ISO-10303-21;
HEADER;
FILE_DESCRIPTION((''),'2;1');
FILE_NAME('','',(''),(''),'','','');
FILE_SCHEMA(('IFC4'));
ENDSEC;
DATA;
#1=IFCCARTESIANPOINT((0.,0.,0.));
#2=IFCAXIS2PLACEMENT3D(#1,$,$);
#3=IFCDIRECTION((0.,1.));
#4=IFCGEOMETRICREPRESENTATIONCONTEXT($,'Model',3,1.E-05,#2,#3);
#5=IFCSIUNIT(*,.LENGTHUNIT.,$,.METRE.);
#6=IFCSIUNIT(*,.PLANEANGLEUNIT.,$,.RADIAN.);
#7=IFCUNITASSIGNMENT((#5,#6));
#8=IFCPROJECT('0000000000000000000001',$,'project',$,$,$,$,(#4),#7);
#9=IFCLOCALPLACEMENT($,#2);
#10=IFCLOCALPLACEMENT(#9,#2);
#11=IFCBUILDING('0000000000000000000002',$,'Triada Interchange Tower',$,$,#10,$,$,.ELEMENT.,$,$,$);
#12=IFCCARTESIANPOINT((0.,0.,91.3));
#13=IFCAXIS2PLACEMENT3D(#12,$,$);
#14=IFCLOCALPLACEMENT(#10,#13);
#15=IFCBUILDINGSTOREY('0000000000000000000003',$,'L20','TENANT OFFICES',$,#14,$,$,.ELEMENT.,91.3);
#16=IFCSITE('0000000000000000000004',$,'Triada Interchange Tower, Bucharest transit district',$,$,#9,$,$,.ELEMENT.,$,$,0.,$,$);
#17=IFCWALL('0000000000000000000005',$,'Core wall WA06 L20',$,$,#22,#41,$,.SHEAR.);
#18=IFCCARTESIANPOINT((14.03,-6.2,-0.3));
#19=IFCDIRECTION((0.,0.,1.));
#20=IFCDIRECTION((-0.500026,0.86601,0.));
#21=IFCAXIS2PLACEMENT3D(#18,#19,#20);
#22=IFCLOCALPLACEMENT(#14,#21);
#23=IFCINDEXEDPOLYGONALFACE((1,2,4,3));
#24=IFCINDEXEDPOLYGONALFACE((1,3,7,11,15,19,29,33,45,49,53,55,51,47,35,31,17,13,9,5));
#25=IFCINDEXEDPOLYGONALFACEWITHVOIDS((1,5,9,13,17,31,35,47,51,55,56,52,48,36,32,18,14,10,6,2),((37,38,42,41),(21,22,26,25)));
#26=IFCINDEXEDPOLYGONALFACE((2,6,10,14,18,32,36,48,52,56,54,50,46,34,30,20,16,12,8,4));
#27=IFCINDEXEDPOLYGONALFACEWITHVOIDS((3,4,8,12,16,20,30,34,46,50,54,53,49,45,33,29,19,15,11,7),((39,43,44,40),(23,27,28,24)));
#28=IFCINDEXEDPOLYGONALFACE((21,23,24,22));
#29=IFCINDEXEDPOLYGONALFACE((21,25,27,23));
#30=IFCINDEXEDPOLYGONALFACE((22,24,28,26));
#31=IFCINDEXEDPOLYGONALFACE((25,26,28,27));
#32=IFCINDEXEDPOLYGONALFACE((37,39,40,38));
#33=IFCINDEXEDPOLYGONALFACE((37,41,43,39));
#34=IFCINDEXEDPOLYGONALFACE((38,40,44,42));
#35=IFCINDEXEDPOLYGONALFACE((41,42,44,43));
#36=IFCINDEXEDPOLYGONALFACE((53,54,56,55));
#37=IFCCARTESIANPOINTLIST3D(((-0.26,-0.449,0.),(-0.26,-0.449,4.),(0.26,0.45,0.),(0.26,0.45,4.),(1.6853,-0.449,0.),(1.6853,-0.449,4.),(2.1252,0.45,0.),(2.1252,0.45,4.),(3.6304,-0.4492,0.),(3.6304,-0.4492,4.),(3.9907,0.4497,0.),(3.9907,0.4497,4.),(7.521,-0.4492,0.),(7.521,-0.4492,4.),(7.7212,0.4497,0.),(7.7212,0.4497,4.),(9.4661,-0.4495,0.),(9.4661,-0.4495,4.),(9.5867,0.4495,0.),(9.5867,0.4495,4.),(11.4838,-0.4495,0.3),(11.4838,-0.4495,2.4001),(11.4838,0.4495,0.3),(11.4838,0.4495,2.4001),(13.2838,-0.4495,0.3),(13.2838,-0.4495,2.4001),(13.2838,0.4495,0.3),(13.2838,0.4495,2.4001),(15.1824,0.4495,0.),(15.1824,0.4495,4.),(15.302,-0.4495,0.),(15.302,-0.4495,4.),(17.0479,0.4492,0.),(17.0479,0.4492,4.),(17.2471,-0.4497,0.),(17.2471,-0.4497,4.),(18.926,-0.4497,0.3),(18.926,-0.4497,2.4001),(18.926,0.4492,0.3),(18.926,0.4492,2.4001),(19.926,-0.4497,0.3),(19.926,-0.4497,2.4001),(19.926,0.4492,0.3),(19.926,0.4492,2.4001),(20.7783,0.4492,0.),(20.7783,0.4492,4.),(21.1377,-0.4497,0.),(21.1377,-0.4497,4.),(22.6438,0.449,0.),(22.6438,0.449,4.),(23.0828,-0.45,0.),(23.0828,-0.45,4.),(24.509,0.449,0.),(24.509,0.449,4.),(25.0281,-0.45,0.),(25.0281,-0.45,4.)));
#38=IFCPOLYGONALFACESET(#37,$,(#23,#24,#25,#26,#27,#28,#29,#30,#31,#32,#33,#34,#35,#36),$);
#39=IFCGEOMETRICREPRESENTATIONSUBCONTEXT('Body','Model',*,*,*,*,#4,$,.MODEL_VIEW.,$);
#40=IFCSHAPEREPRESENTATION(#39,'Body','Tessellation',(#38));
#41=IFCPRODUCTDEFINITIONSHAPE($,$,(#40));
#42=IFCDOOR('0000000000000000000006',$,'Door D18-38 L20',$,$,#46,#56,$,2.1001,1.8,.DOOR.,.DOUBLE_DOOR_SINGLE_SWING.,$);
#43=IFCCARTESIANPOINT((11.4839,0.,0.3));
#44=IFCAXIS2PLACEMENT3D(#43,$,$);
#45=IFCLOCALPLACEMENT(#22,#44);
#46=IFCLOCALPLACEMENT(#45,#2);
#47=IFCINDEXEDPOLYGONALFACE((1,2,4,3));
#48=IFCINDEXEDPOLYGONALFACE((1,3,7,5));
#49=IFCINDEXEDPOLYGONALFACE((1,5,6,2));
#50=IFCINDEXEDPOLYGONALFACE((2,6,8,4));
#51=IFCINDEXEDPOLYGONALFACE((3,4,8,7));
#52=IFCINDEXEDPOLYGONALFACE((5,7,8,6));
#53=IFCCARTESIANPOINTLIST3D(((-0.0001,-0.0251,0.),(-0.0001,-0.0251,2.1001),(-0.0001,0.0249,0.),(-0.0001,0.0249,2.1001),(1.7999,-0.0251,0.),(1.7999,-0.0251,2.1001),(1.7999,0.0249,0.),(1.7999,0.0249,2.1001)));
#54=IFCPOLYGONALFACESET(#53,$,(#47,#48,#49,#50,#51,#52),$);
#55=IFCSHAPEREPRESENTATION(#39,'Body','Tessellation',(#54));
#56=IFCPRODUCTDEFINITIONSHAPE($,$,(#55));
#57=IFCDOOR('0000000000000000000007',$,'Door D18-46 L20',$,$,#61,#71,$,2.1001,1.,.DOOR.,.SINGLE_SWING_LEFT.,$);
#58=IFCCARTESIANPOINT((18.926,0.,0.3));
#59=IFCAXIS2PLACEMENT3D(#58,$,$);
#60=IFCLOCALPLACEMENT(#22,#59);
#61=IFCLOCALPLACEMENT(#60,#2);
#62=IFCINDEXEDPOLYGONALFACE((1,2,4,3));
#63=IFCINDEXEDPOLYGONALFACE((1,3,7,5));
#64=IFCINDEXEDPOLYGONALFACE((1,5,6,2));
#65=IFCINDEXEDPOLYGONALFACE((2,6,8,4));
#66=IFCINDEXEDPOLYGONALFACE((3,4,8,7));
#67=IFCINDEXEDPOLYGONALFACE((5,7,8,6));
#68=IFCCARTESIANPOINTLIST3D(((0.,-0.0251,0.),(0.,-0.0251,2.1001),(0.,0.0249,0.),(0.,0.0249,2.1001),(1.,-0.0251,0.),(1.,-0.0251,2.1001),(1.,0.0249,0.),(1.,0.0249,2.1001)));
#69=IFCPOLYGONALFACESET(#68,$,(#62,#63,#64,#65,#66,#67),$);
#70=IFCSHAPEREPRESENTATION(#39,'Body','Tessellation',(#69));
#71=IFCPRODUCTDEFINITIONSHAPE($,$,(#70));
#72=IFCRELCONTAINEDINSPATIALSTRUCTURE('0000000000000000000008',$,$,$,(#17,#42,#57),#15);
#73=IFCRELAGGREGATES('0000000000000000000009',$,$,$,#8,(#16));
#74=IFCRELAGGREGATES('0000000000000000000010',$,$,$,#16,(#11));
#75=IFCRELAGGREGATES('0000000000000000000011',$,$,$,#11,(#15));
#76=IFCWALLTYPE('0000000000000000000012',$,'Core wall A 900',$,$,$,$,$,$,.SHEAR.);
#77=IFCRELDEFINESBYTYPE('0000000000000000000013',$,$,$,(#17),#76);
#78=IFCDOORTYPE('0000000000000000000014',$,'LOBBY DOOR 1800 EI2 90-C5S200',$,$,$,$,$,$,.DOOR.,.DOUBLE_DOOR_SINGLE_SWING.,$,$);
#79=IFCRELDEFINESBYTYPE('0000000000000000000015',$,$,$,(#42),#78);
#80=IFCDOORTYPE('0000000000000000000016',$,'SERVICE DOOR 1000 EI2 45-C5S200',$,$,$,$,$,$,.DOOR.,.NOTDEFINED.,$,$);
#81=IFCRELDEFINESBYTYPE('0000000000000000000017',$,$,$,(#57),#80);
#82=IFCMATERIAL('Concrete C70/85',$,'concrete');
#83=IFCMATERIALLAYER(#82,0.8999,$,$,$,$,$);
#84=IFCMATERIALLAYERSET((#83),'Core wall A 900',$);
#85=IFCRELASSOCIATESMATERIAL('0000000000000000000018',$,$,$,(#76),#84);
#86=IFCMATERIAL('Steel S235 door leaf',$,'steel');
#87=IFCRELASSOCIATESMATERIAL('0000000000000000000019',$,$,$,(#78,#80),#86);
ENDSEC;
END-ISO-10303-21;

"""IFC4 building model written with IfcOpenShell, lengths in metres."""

from ifc_helpers import new_model, si_unit, direction, frame, frame_2d, origin, place, context, subcontext, project, spatial, polyline, rectangle, outline, extrude, material, layer, layer_set, type_object, element, fill, save


model = new_model("IFC4")

# Units and contexts
model_context = context("Model", 3, precision=1e-05, world=origin(), true_north=direction((0.0, 1.0)))
body_context = subcontext(model_context, "Body", "Model", "MODEL_VIEW")
ifc_project = project(units=[si_unit("LENGTHUNIT", "METRE"), si_unit("PLANEANGLEUNIT", "RADIAN")], contexts=[model_context])

# Site, building, storey
site_placement = place(None, origin())
site = spatial("IfcSite", under=ifc_project, at=site_placement, Name="Triada Interchange Tower, Bucharest transit district", CompositionType="ELEMENT", RefElevation=0.0)
building_placement = place(site_placement, origin())
building = spatial("IfcBuilding", under=site, at=building_placement, Name="Triada Interchange Tower", CompositionType="ELEMENT")
storey_placement = place(building_placement, frame((0.0, 0.0, 91.3)))
storey = spatial("IfcBuildingStorey", under=building, at=storey_placement, Name="L20", Description="TENANT OFFICES", CompositionType="ELEMENT", Elevation=91.3)

# Shared definitions
ifc_material_1 = material(Name="Steel S235 door leaf", Category="steel")

# Wall, openings, doors
ifc_material_2 = material(Name="Concrete C70/85", Category="concrete")
ifc_layer_1 = layer(ifc_material_2, 0.8999)
ifc_layer_set_1 = layer_set([ifc_layer_1], Name="Core wall A 900")
wall_type_1 = type_object("IfcWallType", Name="Core wall A 900", PredefinedType="SHEAR", material=ifc_layer_set_1)
wall_1_placement = place(storey_placement, frame((14.03, -6.2, -0.3), z_axis=(0.0, 0.0, 1.0), x_axis=(-0.500026, 0.86601, 0.0)))
wall_1 = element("IfcWall", 1, at=wall_1_placement, inside=storey, type_object=wall_type_1, Name="Core wall WA06 L20", PredefinedType="SHEAR", context=body_context, shape_type="SweptSolid", body=[
    extrude(outline(polyline([(-0.26, -0.449), (1.6853, -0.449), (3.6304, -0.4492), (5.5757, -0.4492), (7.521, -0.4492), (9.4661, -0.4495), (11.4114, -0.4495), (13.3567, -0.4495), (15.302, -0.4495), (17.2471, -0.4497), (19.1924, -0.4497), (21.1377, -0.4497), (23.0828, -0.45), (25.0281, -0.45), (24.509, 0.449), (22.6438, 0.449), (20.7783, 0.4492), (18.9131, 0.4492), (17.0479, 0.4492), (15.1824, 0.4495), (13.3171, 0.4495), (11.4519, 0.4495), (9.5867, 0.4495), (7.7212, 0.4497), (5.856, 0.4497), (3.9907, 0.4497), (2.1252, 0.45), (0.26, 0.45), (-0.26, -0.449)])), origin(), (0.0, 0.0, 1.0), 4.0),
])
opening_1_placement = place(wall_1_placement, frame((11.4839, 0.0, 0.3)))
opening_1 = element("IfcOpeningElement", 2, at=opening_1_placement, cuts=wall_1, PredefinedType="OPENING", context=body_context, shape_type="SweptSolid", body=[
    extrude(rectangle(XDim=1.8, YDim=2.1001, at=frame_2d((0.8999, 1.05))), frame((0.0, 0.46, 0.0), z_axis=(0.0, -1.0, 0.0), x_axis=(1.0, 0.0, 0.0)), (0.0, 0.0, 1.0), 0.9199),
])
opening_2_placement = place(wall_1_placement, frame((18.926, 0.0, 0.3)))
opening_2 = element("IfcOpeningElement", 3, at=opening_2_placement, cuts=wall_1, PredefinedType="OPENING", context=body_context, shape_type="SweptSolid", body=[
    extrude(rectangle(XDim=1.0, YDim=2.1001, at=frame_2d((0.5, 1.05))), frame((0.0, 0.46, 0.0), z_axis=(0.0, -1.0, 0.0), x_axis=(1.0, 0.0, 0.0)), (0.0, 0.0, 1.0), 0.9199),
])
door_type_1 = type_object("IfcDoorType", Name="LOBBY DOOR 1800 EI2 90-C5S200", OperationType="DOUBLE_DOOR_SINGLE_SWING", PredefinedType="DOOR", material=ifc_material_1)
door_1_placement = place(opening_1_placement, origin())
door_1 = element("IfcDoor", 4, at=door_1_placement, inside=storey, type_object=door_type_1, Name="Door D18-38 L20", OperationType="DOUBLE_DOOR_SINGLE_SWING", OverallHeight=2.1001, OverallWidth=1.8, PredefinedType="DOOR", context=body_context, shape_type="SweptSolid", body=[
    extrude(rectangle(XDim=1.8, YDim=2.1001, at=frame_2d((0.8999, 1.05))), frame((0.0, 0.0249, 0.0), z_axis=(0.0, -1.0, 0.0), x_axis=(1.0, 0.0, 0.0)), (0.0, 0.0, 1.0), 0.05),
])
fill(opening_1, door_1)
door_type_2 = type_object("IfcDoorType", Name="SERVICE DOOR 1000 EI2 45-C5S200", OperationType="NOTDEFINED", PredefinedType="DOOR", material=ifc_material_1)
door_2_placement = place(opening_2_placement, origin())
door_2 = element("IfcDoor", 5, at=door_2_placement, inside=storey, type_object=door_type_2, Name="Door D18-46 L20", OperationType="SINGLE_SWING_LEFT", OverallHeight=2.1001, OverallWidth=1.0, PredefinedType="DOOR", context=body_context, shape_type="SweptSolid", body=[
    extrude(rectangle(XDim=1.0, YDim=2.1001, at=frame_2d((0.5, 1.05))), frame((0.0, 0.0249, 0.0), z_axis=(0.0, -1.0, 0.0), x_axis=(1.0, 0.0, 0.0)), (0.0, 0.0, 1.0), 0.05),
])
fill(opening_2, door_2)

save(model, "model.ifc")
